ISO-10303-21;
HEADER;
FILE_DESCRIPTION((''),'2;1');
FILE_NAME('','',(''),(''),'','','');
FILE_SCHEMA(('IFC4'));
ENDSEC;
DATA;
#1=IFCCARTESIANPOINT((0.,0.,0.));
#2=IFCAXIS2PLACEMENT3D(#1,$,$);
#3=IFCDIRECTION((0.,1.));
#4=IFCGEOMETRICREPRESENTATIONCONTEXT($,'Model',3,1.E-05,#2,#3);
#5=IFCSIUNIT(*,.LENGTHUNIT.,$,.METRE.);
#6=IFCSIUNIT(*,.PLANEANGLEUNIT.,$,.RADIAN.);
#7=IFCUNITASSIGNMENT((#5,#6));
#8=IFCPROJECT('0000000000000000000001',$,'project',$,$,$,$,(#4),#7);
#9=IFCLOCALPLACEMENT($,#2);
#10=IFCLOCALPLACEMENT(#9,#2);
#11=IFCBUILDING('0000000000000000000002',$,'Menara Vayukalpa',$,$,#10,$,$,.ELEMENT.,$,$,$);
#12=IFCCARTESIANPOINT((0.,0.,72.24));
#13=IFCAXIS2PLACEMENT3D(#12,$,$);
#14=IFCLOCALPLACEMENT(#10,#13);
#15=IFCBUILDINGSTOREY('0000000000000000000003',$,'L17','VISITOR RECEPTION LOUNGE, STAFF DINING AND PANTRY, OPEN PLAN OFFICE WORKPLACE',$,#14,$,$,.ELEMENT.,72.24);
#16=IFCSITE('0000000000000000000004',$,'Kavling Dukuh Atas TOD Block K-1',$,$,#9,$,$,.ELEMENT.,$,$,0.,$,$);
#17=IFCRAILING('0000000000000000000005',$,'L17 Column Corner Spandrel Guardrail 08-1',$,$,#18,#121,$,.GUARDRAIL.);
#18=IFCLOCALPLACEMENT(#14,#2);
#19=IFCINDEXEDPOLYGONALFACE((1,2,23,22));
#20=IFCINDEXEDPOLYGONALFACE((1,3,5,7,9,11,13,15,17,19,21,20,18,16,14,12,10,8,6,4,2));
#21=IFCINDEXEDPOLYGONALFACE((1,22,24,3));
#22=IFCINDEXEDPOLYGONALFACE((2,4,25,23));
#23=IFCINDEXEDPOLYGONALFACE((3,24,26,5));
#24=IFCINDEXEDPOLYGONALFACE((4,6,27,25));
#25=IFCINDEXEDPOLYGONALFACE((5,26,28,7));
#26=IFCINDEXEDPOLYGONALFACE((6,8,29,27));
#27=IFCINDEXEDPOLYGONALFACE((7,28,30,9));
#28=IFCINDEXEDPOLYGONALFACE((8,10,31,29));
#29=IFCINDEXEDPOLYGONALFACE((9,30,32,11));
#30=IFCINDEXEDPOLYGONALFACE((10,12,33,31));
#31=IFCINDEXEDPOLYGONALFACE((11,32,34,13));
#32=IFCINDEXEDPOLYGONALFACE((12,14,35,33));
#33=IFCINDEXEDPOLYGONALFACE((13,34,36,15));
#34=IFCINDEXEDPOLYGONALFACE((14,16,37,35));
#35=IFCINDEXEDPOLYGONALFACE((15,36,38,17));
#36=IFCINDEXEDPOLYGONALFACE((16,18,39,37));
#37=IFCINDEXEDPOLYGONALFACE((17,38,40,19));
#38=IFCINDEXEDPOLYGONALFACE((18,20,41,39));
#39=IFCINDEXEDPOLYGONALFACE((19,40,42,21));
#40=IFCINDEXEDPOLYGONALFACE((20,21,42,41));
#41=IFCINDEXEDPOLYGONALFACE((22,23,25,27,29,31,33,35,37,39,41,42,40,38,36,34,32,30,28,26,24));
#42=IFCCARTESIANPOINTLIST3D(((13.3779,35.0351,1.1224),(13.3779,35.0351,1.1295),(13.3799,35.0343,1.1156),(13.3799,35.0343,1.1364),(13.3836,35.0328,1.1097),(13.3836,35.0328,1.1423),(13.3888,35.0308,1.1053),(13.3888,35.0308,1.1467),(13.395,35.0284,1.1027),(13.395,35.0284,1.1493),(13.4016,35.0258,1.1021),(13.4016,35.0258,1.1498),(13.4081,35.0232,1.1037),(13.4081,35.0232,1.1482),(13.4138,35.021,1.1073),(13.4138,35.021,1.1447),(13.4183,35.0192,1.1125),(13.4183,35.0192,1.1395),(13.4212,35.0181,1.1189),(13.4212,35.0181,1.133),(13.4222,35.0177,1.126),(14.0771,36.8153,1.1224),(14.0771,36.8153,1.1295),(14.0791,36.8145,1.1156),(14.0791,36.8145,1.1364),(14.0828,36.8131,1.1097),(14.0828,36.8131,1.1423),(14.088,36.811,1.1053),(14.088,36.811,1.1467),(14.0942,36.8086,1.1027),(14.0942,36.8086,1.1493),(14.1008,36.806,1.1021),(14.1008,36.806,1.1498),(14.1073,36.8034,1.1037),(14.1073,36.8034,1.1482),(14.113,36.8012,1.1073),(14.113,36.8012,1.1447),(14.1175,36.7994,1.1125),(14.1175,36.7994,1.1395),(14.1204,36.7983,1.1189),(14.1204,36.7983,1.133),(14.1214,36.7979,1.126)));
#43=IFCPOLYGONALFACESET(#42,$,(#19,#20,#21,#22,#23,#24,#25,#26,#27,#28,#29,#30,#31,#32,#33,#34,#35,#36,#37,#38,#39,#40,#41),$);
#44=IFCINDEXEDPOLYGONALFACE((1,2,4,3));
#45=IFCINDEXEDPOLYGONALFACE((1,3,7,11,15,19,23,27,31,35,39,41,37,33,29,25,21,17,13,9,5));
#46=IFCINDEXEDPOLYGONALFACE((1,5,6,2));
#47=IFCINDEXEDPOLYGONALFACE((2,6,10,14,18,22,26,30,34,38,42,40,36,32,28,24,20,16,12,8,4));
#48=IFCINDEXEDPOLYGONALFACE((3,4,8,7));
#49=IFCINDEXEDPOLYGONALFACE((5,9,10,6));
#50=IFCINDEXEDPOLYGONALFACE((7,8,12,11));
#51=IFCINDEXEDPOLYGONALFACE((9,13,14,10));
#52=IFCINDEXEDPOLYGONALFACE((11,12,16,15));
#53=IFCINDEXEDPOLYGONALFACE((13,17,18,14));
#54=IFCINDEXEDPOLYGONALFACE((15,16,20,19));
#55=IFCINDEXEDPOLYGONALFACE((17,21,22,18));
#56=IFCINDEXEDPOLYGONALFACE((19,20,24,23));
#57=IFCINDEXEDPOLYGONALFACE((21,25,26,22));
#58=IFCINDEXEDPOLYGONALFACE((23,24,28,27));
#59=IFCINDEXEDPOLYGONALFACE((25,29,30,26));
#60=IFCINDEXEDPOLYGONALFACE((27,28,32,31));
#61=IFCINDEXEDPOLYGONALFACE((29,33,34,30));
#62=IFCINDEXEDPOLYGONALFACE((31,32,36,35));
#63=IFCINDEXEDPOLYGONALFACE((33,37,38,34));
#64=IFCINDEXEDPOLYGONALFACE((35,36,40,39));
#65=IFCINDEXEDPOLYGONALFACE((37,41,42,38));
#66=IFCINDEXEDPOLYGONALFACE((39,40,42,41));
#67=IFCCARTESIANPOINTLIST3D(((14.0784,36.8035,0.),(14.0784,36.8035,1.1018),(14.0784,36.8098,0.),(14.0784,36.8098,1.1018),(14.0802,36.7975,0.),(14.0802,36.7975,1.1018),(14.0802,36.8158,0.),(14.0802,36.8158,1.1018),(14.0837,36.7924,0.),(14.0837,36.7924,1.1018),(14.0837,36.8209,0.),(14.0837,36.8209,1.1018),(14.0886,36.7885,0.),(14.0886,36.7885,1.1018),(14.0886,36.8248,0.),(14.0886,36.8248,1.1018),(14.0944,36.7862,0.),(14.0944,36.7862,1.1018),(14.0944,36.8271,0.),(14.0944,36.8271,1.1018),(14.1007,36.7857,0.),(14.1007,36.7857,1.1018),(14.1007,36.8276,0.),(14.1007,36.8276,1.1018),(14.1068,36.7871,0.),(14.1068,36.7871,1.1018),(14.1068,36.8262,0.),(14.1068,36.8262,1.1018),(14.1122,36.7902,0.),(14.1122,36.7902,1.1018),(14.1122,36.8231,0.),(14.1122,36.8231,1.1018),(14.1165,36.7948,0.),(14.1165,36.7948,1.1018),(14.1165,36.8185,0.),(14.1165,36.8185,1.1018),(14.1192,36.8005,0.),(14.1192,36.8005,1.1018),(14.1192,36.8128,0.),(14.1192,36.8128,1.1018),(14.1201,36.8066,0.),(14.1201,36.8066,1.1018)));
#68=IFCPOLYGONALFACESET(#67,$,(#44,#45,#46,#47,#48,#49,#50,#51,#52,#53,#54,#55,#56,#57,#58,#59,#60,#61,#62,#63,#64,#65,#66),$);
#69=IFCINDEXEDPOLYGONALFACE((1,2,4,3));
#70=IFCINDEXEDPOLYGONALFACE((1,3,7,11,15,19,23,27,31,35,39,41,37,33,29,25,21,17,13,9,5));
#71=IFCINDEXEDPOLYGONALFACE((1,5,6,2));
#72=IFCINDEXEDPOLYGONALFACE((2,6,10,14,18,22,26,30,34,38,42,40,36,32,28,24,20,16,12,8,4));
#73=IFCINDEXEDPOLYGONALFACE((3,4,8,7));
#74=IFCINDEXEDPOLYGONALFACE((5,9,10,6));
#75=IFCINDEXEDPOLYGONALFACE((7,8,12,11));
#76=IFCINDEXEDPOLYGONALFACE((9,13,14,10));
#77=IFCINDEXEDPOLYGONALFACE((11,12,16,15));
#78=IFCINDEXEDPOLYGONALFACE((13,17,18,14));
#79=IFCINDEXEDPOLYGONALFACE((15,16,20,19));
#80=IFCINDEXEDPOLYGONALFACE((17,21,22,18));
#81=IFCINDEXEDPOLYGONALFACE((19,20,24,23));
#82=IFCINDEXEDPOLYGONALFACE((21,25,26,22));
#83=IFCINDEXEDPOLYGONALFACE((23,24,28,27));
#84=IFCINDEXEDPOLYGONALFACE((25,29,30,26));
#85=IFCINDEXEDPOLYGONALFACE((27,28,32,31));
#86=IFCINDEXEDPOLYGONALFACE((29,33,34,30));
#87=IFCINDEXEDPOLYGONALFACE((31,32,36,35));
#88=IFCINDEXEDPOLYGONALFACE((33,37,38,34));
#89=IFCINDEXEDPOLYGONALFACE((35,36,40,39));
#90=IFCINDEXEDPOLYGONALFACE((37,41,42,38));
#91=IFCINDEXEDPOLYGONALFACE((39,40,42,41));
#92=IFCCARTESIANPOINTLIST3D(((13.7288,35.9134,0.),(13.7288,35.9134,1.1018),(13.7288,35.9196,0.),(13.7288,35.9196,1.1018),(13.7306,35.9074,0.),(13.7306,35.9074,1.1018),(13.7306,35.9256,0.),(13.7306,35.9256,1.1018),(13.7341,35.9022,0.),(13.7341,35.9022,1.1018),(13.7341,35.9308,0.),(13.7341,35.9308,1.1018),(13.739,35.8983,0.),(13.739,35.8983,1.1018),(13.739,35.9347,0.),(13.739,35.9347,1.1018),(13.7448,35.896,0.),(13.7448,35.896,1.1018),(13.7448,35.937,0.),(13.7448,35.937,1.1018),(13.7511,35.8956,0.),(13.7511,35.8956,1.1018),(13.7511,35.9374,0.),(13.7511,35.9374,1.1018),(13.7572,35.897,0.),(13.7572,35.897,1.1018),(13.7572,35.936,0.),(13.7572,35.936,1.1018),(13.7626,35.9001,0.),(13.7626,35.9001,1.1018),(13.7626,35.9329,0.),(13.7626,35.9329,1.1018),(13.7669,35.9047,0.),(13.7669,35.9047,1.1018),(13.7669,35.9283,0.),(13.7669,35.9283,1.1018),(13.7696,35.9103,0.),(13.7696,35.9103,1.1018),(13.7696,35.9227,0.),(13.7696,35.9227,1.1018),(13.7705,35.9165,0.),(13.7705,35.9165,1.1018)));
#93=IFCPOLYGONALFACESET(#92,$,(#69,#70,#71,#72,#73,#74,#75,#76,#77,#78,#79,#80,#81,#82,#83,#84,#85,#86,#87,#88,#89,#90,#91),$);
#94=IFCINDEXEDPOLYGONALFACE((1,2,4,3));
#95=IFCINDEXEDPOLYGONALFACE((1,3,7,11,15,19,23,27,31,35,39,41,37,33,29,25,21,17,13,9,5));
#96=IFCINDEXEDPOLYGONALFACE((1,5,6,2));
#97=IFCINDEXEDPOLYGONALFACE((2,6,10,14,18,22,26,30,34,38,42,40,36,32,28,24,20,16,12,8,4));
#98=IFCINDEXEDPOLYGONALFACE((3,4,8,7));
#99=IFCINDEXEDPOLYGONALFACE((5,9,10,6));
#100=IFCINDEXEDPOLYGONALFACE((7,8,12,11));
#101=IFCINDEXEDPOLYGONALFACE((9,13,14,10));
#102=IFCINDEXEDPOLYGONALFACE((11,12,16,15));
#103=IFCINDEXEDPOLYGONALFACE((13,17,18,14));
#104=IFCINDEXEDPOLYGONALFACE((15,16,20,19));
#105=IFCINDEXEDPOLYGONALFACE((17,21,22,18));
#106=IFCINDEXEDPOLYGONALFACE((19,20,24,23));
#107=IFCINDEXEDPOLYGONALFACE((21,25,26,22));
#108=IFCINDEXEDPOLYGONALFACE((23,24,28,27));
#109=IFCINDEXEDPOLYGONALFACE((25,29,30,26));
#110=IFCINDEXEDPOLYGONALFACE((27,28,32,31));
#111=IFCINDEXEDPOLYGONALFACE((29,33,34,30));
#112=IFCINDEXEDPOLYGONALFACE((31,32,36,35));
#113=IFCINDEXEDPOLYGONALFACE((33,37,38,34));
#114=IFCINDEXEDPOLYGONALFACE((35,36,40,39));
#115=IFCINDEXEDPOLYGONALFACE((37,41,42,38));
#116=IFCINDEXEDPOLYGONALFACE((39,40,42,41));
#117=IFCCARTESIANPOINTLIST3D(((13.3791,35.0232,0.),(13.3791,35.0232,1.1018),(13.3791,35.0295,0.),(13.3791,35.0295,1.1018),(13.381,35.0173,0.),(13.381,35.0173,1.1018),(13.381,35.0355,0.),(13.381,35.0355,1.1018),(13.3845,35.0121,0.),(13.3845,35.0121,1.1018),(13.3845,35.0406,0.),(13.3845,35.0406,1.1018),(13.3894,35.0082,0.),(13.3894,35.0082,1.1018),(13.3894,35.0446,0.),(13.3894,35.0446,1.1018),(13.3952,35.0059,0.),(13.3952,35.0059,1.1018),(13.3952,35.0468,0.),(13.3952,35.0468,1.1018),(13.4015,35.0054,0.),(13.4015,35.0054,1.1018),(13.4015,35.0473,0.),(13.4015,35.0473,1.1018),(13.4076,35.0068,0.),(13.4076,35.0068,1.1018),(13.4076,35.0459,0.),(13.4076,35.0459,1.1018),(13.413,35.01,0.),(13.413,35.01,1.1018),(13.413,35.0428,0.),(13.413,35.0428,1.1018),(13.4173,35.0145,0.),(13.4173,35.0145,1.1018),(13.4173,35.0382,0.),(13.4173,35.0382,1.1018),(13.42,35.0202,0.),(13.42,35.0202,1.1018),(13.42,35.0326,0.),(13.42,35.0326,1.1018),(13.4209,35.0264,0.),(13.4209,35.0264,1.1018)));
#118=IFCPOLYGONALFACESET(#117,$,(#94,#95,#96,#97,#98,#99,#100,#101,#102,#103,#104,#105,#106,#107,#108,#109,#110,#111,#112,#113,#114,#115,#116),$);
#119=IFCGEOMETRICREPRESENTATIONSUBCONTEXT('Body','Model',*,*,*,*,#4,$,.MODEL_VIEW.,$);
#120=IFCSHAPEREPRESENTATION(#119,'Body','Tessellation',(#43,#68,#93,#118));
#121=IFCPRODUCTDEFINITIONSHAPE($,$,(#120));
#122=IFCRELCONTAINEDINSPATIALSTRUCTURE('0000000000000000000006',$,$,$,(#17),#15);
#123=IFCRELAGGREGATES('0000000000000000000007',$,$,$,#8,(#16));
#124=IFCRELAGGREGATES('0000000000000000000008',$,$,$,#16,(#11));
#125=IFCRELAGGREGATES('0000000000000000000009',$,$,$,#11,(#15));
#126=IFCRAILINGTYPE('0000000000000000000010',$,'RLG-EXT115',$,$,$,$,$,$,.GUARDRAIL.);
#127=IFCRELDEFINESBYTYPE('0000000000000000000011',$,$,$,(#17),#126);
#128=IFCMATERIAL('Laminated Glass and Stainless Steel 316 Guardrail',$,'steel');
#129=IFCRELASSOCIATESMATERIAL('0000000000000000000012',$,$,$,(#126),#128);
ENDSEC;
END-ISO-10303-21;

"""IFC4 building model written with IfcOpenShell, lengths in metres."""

from ifc_helpers import new_model, si_unit, direction, frame, origin, origin_2d, place, context, subcontext, project, spatial, circle, extrude, material, type_object, element, save


model = new_model("IFC4")

# Units and contexts
model_context = context("Model", 3, precision=1e-05, world=origin(), true_north=direction((0.0, 1.0)))
body_context = subcontext(model_context, "Body", "Model", "MODEL_VIEW")
ifc_project = project(units=[si_unit("LENGTHUNIT", "METRE"), si_unit("PLANEANGLEUNIT", "RADIAN")], contexts=[model_context])

# Site, building, storey
site_placement = place(None, origin())
site = spatial("IfcSite", under=ifc_project, at=site_placement, Name="Kavling Dukuh Atas TOD Block K-1", CompositionType="ELEMENT", RefElevation=0.0)
building_placement = place(site_placement, origin())
building = spatial("IfcBuilding", under=site, at=building_placement, Name="Menara Vayukalpa", CompositionType="ELEMENT")
storey_placement = place(building_placement, frame((0.0, 0.0, 72.24)))
storey = spatial("IfcBuildingStorey", under=building, at=storey_placement, Name="L17", Description="VISITOR RECEPTION LOUNGE, STAFF DINING AND PANTRY, OPEN PLAN OFFICE WORKPLACE", CompositionType="ELEMENT", Elevation=72.24)

# Railing
ifc_material_1 = material(Name="Laminated Glass and Stainless Steel 316 Guardrail", Category="steel")
railing_type = type_object("IfcRailingType", Name="RLG-EXT115", PredefinedType="GUARDRAIL", material=ifc_material_1)
railing_placement = place(storey_placement, frame((14.0991, 36.8066, 0.0)))
element("IfcRailing", 1, at=railing_placement, inside=storey, type_object=railing_type, Name="L17 Column Corner Spandrel Guardrail 08-1", PredefinedType="GUARDRAIL", context=body_context, shape_type="SweptSolid", body=[
    extrude(circle(Radius=0.0239, at=origin_2d()), frame((0.0, 0.0, 1.126), z_axis=(-0.365573, -0.930783, 0.0), x_axis=(0.930783, -0.365573, 0.0)), (0.0, 0.0, 1.0), 1.9126),
    extrude(circle(Radius=0.021, at=origin_2d()), origin(), (0.0, 0.0, 1.0), 1.1018),
    extrude(circle(Radius=0.021, at=origin_2d()), frame((-0.3496, -0.8901, 0.0)), (0.0, 0.0, 1.0), 1.1018),
    extrude(circle(Radius=0.021, at=origin_2d()), frame((-0.6992, -1.7803, 0.0)), (0.0, 0.0, 1.0), 1.1018),
])

save(model, "model.ifc")
